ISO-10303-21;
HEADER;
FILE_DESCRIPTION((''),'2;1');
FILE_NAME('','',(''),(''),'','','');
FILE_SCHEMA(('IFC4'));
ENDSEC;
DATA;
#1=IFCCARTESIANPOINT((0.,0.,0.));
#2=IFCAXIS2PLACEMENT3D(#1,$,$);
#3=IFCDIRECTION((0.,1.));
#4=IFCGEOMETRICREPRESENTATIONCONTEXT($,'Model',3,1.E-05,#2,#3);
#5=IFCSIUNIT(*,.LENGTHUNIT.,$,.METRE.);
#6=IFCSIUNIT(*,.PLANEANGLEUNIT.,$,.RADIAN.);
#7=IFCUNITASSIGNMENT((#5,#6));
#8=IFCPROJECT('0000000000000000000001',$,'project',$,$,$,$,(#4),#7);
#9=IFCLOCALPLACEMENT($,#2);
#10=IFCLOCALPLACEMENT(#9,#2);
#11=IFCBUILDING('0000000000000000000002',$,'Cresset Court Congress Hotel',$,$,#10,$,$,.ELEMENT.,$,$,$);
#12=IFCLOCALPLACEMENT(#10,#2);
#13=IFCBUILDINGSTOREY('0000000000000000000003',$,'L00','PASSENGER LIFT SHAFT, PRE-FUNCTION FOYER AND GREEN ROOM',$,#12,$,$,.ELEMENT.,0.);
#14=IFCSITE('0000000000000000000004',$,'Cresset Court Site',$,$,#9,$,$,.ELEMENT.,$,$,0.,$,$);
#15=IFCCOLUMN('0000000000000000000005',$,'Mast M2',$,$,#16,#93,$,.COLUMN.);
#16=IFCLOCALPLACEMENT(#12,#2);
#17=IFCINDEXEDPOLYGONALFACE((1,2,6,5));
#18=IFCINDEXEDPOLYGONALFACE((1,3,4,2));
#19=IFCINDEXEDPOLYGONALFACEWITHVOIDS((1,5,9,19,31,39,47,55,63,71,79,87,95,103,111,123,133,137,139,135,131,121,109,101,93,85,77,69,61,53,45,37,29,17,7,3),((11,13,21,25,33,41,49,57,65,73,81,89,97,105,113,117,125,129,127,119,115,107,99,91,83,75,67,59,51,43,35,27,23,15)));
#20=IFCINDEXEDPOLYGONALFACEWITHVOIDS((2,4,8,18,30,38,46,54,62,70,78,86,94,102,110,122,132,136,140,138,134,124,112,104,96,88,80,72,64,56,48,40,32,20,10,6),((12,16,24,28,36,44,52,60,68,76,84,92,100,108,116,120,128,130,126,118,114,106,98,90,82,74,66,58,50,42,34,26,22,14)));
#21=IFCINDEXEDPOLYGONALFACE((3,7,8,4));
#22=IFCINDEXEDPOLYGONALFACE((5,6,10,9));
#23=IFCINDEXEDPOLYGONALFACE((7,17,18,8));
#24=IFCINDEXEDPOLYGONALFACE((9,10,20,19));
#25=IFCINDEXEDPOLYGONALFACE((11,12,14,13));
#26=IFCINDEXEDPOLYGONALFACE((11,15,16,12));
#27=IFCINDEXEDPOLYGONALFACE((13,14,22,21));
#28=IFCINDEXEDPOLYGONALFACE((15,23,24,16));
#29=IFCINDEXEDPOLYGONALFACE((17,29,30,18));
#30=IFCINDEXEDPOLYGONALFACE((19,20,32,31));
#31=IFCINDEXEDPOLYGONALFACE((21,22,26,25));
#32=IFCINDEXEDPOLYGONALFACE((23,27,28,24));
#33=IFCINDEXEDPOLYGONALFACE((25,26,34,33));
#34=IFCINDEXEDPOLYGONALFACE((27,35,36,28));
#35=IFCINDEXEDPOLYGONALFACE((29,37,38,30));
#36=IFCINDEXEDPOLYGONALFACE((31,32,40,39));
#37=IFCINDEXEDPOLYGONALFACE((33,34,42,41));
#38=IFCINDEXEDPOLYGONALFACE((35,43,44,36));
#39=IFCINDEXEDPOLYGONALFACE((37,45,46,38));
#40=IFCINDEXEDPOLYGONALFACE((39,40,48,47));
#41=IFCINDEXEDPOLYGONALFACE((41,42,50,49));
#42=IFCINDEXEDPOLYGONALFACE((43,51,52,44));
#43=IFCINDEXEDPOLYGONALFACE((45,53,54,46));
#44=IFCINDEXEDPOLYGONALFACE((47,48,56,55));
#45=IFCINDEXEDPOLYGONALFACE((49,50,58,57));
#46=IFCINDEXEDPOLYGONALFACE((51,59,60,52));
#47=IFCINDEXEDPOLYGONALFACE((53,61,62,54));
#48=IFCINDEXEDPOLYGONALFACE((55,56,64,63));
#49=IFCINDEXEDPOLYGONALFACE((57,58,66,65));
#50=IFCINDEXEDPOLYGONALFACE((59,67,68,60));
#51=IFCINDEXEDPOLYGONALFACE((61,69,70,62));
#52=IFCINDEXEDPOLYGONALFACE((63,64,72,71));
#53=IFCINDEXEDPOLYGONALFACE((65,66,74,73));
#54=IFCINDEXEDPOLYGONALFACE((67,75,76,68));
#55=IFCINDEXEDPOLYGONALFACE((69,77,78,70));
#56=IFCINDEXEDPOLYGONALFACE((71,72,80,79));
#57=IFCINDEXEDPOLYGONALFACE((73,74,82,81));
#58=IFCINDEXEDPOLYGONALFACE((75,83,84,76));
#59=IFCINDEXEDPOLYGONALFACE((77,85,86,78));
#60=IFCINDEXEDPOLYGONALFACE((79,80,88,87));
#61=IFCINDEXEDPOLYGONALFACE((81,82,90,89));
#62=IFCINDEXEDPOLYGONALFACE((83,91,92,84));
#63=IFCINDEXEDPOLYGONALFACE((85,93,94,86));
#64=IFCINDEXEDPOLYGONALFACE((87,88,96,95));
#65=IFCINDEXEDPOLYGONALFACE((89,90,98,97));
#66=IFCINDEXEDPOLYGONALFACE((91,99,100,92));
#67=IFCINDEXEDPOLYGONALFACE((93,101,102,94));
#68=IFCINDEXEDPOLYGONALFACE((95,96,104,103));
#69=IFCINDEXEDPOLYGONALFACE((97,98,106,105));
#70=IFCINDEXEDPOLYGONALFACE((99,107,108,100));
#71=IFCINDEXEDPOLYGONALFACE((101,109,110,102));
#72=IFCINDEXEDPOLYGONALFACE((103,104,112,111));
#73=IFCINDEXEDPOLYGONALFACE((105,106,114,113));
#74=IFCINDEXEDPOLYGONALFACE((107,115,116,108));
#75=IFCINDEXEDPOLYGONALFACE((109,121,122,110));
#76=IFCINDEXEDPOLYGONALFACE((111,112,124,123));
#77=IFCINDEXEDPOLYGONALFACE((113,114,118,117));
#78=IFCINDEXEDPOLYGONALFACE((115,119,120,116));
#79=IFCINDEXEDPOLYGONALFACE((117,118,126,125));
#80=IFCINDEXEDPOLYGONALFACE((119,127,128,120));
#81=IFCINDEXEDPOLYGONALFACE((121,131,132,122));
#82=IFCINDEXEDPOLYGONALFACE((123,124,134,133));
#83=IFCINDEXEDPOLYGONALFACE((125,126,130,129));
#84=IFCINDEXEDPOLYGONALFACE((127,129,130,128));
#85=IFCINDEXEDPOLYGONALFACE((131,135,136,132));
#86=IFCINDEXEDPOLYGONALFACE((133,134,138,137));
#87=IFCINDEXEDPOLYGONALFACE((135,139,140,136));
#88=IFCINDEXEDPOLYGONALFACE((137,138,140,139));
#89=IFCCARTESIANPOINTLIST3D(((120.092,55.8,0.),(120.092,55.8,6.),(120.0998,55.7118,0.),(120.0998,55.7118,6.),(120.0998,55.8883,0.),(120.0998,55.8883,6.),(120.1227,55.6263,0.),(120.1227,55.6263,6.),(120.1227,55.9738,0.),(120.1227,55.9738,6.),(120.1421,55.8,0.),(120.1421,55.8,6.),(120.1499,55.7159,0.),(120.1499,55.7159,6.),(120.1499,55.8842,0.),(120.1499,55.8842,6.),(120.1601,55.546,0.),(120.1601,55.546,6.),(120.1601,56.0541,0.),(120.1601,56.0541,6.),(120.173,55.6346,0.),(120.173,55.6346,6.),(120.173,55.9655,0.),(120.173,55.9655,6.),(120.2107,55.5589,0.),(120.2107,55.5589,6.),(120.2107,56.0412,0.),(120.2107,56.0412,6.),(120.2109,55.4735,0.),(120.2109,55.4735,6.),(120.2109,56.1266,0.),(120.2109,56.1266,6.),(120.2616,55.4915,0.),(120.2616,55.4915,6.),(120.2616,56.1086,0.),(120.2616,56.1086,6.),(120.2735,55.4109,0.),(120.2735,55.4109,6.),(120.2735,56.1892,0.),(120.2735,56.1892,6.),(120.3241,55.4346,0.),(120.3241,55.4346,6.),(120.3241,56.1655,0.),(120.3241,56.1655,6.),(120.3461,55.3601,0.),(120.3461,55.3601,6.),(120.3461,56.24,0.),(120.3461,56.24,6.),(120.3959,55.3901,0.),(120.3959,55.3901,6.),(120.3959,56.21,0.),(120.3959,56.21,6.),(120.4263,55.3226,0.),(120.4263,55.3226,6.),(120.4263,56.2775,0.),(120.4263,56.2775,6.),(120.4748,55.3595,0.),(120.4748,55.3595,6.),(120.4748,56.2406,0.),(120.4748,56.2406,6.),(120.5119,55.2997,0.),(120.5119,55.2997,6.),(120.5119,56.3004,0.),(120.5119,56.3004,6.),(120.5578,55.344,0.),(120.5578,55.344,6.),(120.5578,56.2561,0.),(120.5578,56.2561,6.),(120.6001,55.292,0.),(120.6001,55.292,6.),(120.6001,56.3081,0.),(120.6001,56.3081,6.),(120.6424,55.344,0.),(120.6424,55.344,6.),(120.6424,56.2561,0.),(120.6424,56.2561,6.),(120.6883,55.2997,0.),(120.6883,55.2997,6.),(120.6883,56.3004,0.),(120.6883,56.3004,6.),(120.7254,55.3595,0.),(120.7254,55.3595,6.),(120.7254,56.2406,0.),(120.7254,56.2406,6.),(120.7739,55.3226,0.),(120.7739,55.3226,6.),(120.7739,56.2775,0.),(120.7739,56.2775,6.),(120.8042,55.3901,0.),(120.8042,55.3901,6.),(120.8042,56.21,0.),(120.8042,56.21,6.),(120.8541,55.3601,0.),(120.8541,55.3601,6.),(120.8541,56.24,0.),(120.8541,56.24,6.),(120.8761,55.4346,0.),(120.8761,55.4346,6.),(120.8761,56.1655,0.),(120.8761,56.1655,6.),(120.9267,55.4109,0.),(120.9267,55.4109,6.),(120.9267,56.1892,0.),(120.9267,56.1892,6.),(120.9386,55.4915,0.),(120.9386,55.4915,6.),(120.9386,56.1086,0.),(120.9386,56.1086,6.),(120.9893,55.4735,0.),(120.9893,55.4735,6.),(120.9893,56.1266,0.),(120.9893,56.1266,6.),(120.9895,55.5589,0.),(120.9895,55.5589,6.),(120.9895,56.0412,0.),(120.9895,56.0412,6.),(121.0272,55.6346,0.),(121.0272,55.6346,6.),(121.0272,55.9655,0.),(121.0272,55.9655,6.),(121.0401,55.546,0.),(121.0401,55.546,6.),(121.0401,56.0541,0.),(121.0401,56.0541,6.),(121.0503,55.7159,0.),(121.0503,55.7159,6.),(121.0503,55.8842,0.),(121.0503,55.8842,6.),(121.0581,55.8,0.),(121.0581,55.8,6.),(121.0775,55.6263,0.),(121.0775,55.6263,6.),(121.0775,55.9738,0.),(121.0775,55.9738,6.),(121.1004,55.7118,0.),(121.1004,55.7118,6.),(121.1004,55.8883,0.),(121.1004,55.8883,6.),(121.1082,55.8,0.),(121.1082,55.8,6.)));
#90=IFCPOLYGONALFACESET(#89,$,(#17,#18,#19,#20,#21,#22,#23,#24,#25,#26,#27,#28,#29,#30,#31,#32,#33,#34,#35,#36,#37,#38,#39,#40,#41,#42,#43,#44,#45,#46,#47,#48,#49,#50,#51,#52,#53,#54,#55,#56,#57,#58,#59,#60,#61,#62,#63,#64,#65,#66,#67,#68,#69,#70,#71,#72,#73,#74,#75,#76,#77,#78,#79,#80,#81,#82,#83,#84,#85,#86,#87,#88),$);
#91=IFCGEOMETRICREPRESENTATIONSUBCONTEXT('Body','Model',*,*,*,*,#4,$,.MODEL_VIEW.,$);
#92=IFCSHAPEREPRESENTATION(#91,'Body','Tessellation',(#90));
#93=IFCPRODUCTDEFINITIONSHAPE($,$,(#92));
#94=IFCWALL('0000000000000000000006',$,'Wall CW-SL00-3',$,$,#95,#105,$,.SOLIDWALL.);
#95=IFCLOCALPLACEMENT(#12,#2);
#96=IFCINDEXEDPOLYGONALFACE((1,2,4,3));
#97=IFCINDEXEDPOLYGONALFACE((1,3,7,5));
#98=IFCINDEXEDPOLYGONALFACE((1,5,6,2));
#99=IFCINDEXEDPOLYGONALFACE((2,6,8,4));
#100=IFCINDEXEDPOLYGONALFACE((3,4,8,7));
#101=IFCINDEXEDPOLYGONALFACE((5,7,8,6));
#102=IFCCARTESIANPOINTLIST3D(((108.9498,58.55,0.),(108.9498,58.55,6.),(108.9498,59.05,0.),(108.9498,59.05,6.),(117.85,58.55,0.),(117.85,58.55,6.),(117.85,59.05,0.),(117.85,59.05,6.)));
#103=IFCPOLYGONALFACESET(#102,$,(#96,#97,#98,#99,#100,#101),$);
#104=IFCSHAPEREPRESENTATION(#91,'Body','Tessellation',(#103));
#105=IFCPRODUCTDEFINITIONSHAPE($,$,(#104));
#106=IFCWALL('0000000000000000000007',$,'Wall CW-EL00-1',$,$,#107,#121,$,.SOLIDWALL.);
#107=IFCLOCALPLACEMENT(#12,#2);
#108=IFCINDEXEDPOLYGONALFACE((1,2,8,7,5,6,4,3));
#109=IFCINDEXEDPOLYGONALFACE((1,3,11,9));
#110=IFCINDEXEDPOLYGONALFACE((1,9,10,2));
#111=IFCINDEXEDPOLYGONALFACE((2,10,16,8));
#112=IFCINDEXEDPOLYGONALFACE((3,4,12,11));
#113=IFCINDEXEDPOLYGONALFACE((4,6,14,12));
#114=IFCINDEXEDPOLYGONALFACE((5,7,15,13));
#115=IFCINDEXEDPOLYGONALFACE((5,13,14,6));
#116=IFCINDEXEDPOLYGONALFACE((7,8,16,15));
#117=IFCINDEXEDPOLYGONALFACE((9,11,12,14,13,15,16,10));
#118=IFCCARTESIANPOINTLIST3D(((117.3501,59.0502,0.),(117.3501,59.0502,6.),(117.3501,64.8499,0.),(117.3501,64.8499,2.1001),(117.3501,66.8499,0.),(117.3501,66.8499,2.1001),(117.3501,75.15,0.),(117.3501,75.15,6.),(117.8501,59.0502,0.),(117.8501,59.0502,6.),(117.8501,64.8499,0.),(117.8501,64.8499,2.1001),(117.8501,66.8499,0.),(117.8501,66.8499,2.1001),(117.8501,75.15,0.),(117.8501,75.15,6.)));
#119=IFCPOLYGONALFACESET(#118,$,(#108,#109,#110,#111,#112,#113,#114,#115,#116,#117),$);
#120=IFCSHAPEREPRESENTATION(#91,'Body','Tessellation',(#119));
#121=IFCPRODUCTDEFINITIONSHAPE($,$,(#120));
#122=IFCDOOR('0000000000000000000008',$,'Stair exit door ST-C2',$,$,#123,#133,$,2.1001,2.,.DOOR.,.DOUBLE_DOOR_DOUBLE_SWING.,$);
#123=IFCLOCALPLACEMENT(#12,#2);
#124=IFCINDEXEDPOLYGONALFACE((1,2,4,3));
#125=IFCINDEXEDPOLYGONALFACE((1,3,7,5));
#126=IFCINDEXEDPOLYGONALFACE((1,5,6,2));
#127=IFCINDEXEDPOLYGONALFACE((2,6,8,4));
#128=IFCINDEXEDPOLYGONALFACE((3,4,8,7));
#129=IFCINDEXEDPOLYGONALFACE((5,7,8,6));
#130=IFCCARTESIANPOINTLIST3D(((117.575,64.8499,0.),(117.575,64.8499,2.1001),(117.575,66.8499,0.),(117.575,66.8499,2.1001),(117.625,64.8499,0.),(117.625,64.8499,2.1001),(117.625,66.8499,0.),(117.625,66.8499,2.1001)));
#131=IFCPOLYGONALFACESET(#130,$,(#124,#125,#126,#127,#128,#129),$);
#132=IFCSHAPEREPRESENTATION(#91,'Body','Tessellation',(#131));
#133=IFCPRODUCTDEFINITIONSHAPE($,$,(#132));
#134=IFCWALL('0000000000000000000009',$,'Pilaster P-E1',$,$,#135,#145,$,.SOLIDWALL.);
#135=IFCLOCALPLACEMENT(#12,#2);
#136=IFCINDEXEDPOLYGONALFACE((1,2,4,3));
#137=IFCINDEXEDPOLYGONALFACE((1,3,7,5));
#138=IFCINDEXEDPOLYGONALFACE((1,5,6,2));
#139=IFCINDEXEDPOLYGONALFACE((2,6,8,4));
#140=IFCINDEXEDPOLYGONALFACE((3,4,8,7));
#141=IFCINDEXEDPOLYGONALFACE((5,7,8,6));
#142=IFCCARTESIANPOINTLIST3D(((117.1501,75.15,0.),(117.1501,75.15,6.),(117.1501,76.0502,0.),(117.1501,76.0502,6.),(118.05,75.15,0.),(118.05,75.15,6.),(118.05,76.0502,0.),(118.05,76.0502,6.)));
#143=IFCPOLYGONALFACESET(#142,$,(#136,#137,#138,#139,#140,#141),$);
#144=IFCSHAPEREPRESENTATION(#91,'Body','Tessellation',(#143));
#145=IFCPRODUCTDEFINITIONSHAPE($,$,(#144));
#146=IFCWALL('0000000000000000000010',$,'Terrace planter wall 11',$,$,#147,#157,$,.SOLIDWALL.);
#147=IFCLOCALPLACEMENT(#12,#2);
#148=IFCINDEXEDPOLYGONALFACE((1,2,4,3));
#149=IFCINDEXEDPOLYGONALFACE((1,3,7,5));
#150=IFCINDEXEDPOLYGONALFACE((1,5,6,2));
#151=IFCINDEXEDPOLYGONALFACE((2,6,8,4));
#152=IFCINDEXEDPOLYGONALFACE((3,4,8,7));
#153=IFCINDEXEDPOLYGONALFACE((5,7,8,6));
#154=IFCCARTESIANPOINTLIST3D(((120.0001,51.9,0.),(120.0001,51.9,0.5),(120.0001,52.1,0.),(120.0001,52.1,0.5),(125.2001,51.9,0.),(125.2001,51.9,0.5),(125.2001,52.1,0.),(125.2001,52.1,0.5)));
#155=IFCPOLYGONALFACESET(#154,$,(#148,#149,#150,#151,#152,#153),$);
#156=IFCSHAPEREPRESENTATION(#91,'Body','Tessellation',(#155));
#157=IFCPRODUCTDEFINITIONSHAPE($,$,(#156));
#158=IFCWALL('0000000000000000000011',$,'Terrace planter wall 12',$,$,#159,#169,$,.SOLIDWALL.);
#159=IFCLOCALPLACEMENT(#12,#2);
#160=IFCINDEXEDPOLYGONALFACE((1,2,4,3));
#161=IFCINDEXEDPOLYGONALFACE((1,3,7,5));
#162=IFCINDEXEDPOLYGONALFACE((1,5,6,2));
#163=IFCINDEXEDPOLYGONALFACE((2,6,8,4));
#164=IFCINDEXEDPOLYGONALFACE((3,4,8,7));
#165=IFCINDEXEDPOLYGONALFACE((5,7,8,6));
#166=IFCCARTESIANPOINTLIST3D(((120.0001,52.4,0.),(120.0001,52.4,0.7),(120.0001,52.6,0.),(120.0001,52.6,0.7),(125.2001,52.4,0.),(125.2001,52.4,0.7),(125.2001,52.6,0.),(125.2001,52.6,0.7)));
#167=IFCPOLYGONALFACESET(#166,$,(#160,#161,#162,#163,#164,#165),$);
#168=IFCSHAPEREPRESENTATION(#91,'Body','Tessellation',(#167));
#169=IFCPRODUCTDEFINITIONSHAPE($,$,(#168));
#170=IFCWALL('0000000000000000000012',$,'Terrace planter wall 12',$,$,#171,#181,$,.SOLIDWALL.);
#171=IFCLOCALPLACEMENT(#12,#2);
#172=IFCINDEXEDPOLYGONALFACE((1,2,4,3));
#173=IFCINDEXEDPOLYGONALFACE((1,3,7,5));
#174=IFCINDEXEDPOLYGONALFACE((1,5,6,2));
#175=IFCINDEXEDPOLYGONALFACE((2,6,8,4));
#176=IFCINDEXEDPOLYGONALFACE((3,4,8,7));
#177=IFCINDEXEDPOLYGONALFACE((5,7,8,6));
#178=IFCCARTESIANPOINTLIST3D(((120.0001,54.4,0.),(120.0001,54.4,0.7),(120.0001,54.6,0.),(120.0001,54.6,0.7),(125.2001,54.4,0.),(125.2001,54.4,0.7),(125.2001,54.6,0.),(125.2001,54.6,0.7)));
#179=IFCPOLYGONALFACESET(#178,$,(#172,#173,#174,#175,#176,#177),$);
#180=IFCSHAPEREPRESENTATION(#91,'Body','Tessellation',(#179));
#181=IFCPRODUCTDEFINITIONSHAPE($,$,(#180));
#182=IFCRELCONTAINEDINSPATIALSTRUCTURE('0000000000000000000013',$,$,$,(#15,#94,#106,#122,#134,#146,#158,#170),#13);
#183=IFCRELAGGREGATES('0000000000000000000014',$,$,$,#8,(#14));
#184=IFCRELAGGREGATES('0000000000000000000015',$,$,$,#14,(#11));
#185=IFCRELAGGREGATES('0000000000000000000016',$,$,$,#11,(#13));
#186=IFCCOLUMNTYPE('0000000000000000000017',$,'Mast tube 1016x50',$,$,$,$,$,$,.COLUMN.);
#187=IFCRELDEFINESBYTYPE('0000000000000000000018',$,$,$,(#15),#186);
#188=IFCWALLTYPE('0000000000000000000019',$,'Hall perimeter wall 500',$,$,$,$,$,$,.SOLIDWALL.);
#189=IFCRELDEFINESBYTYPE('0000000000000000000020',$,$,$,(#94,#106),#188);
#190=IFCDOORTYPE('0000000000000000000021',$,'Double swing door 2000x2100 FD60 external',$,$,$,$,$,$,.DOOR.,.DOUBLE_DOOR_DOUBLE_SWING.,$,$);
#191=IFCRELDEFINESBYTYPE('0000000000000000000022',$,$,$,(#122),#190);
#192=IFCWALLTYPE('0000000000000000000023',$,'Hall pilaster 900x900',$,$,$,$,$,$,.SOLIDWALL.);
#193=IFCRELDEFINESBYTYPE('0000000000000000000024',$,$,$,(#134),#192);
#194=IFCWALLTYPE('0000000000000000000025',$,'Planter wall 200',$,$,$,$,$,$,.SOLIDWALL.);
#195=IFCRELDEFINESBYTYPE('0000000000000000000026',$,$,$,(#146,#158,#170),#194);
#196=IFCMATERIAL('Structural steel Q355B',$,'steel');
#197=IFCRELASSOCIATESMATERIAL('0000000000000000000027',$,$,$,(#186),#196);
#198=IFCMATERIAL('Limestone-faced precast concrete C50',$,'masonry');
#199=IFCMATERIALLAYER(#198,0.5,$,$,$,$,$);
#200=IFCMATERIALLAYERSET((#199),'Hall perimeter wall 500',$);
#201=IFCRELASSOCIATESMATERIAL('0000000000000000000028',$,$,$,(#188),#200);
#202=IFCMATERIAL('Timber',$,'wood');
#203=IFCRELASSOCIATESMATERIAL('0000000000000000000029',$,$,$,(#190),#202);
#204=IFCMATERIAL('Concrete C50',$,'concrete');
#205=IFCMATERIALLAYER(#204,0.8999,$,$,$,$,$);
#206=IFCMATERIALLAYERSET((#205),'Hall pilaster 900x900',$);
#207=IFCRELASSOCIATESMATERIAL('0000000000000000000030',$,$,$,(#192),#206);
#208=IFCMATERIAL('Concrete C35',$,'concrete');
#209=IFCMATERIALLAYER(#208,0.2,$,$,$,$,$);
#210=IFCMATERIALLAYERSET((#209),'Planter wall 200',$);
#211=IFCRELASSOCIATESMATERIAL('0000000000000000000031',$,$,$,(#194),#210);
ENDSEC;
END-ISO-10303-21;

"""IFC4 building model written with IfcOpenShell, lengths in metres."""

from ifc_helpers import new_model, si_unit, direction, frame, frame_2d, origin, origin_2d, place, context, subcontext, project, spatial, rectangle, hollow_circle, extrude, material, layer, layer_set, material_profile, profile_set, type_object, element, fill, save


model = new_model("IFC4")

# Units and contexts
model_context = context("Model", 3, precision=1e-05, world=origin(), true_north=direction((0.0, 1.0)))
body_context = subcontext(model_context, "Body", "Model", "MODEL_VIEW")
ifc_project = project(units=[si_unit("LENGTHUNIT", "METRE"), si_unit("PLANEANGLEUNIT", "RADIAN")], contexts=[model_context])

# Site, building, storey
site_placement = place(None, origin())
site = spatial("IfcSite", under=ifc_project, at=site_placement, Name="Cresset Court Site", CompositionType="ELEMENT", RefElevation=0.0)
building_placement = place(site_placement, origin())
building = spatial("IfcBuilding", under=site, at=building_placement, Name="Cresset Court Congress Hotel", CompositionType="ELEMENT")
storey_placement = place(building_placement, origin())
storey = spatial("IfcBuildingStorey", under=building, at=storey_placement, Name="L00", Description="PASSENGER LIFT SHAFT, PRE-FUNCTION FOYER AND GREEN ROOM", CompositionType="ELEMENT", Elevation=0.0)

# Column
ifc_material_1 = material(Name="Structural steel Q355B", Category="steel")
ifc_material_profile_1 = material_profile(ifc_material_1, hollow_circle(Radius=0.5081, WallThickness=0.05, at=origin_2d()), Name="CHS1016x50")
ifc_profile_set_1 = profile_set([ifc_material_profile_1], Name="Structural steel Q355B")
column_type_1 = type_object("IfcColumnType", Name="Mast tube 1016x50", PredefinedType="COLUMN", material=ifc_profile_set_1)
column_1_placement = place(storey_placement, frame((120.6001, 55.8, 0.0), z_axis=(0.0, 0.0, 1.0), x_axis=(1.0, 0.0, 0.0)))
element("IfcColumn", 1, at=column_1_placement, inside=storey, type_object=column_type_1, Name="Mast M2", PredefinedType="COLUMN", context=body_context, shape_type="SweptSolid", body=[
    extrude(hollow_circle(Radius=0.5081, WallThickness=0.05, at=origin_2d()), origin(), (0.0, 0.0, 1.0), 6.0),
])

# Wall
ifc_material_2 = material(Name="Limestone-faced precast concrete C50", Category="masonry")
ifc_layer_1 = layer(ifc_material_2, 0.5)
ifc_layer_set_1 = layer_set([ifc_layer_1], Name="Hall perimeter wall 500")
wall_type_1 = type_object("IfcWallType", Name="Hall perimeter wall 500", PredefinedType="SOLIDWALL", material=ifc_layer_set_1)
wall_1_placement = place(storey_placement, frame((117.8501, 58.8, 0.0), z_axis=(0.0, 0.0, 1.0), x_axis=(-1.0, 0.0, 0.0)))
element("IfcWall", 2, at=wall_1_placement, inside=storey, type_object=wall_type_1, Name="Wall CW-SL00-3", PredefinedType="SOLIDWALL", context=body_context, shape_type="SweptSolid", body=[
    extrude(rectangle(XDim=8.9001, YDim=0.5, at=frame_2d((4.4502, 0.0))), origin(), (0.0, 0.0, 1.0), 6.0),
])

# Wall, opening, door
wall_2_placement = place(storey_placement, frame((117.6001, 75.1499, 0.0), z_axis=(0.0, 0.0, 1.0), x_axis=(0.0, -1.0, 0.0)))
wall_2 = element("IfcWall", 3, at=wall_2_placement, inside=storey, type_object=wall_type_1, Name="Wall CW-EL00-1", PredefinedType="SOLIDWALL", context=body_context, shape_type="SweptSolid", body=[
    extrude(rectangle(XDim=16.0999, YDim=0.5, at=frame_2d((8.0498, 0.0))), origin(), (0.0, 0.0, 1.0), 6.0),
])
opening_placement = place(wall_2_placement, frame((8.3, 0.0, 0.0)))
opening = element("IfcOpeningElement", 4, at=opening_placement, cuts=wall_2, PredefinedType="OPENING", context=body_context, shape_type="SweptSolid", body=[
    extrude(rectangle(XDim=2.0, YDim=2.1001, at=frame_2d((1.0, 1.05))), frame((0.0, 0.26, 0.0), z_axis=(0.0, -1.0, 0.0), x_axis=(1.0, 0.0, 0.0)), (0.0, 0.0, 1.0), 0.52),
])
ifc_material_3 = material(Name="Timber", Category="wood")
door_type = type_object("IfcDoorType", Name="Double swing door 2000x2100 FD60 external", OperationType="DOUBLE_DOOR_DOUBLE_SWING", PredefinedType="DOOR", material=ifc_material_3)
door_placement = place(opening_placement, origin())
door = element("IfcDoor", 5, at=door_placement, inside=storey, type_object=door_type, Name="Stair exit door ST-C2", OperationType="DOUBLE_DOOR_DOUBLE_SWING", OverallHeight=2.1001, OverallWidth=2.0, PredefinedType="DOOR", context=body_context, shape_type="SweptSolid", body=[
    extrude(rectangle(XDim=2.0, YDim=2.1001, at=frame_2d((1.0, 1.05))), frame((0.0, 0.0249, 0.0), z_axis=(0.0, -1.0, 0.0), x_axis=(1.0, 0.0, 0.0)), (0.0, 0.0, 1.0), 0.05),
])
fill(opening, door)

# Walls
ifc_material_4 = material(Name="Concrete C50", Category="concrete")
ifc_layer_2 = layer(ifc_material_4, 0.8999)
ifc_layer_set_2 = layer_set([ifc_layer_2], Name="Hall pilaster 900x900")
wall_type_2 = type_object("IfcWallType", Name="Hall pilaster 900x900", PredefinedType="SOLIDWALL", material=ifc_layer_set_2)
wall_3_placement = place(storey_placement, frame((117.6001, 75.1499, 0.0), z_axis=(0.0, 0.0, 1.0), x_axis=(0.0, 1.0, 0.0)))
element("IfcWall", 6, at=wall_3_placement, inside=storey, type_object=wall_type_2, Name="Pilaster P-E1", PredefinedType="SOLIDWALL", context=body_context, shape_type="SweptSolid", body=[
    extrude(rectangle(XDim=0.9001, YDim=0.8999, at=frame_2d((0.4502, 0.0))), origin(), (0.0, 0.0, 1.0), 6.0),
])
ifc_material_5 = material(Name="Concrete C35", Category="concrete")
ifc_layer_3 = layer(ifc_material_5, 0.2)
ifc_layer_set_3 = layer_set([ifc_layer_3], Name="Planter wall 200")
wall_type_3 = type_object("IfcWallType", Name="Planter wall 200", PredefinedType="SOLIDWALL", material=ifc_layer_set_3)
wall_4_placement = place(storey_placement, frame((120.0, 52.0, 0.0), z_axis=(0.0, 0.0, 1.0), x_axis=(1.0, 0.0, 0.0)))
element("IfcWall", 7, at=wall_4_placement, inside=storey, type_object=wall_type_3, Name="Terrace planter wall 11", PredefinedType="SOLIDWALL", context=body_context, shape_type="SweptSolid", body=[
    extrude(rectangle(XDim=5.2, YDim=0.2, at=frame_2d((2.6001, 0.0))), origin(), (0.0, 0.0, 1.0), 0.5),
])
for number, where, z_axis, x_axis, name in (
    (8, (120.0, 52.5, 0.0), (0.0, 0.0, 1.0), (1.0, 0.0, 0.0), "Terrace planter wall 12"),
    (9, (120.0, 54.5, 0.0), (0.0, 0.0, 1.0), (1.0, 0.0, 0.0), "Terrace planter wall 12"),
):
    element("IfcWall", number, at=place(storey_placement, frame(where, z_axis=z_axis, x_axis=x_axis)), inside=storey, type_object=wall_type_3, Name=name, PredefinedType="SOLIDWALL", context=body_context, shape_type="SweptSolid", body=[
        extrude(rectangle(XDim=5.2, YDim=0.2, at=frame_2d((2.6001, 0.0))), origin(), (0.0, 0.0, 1.0), 0.7),
    ])

save(model, "model.ifc")
